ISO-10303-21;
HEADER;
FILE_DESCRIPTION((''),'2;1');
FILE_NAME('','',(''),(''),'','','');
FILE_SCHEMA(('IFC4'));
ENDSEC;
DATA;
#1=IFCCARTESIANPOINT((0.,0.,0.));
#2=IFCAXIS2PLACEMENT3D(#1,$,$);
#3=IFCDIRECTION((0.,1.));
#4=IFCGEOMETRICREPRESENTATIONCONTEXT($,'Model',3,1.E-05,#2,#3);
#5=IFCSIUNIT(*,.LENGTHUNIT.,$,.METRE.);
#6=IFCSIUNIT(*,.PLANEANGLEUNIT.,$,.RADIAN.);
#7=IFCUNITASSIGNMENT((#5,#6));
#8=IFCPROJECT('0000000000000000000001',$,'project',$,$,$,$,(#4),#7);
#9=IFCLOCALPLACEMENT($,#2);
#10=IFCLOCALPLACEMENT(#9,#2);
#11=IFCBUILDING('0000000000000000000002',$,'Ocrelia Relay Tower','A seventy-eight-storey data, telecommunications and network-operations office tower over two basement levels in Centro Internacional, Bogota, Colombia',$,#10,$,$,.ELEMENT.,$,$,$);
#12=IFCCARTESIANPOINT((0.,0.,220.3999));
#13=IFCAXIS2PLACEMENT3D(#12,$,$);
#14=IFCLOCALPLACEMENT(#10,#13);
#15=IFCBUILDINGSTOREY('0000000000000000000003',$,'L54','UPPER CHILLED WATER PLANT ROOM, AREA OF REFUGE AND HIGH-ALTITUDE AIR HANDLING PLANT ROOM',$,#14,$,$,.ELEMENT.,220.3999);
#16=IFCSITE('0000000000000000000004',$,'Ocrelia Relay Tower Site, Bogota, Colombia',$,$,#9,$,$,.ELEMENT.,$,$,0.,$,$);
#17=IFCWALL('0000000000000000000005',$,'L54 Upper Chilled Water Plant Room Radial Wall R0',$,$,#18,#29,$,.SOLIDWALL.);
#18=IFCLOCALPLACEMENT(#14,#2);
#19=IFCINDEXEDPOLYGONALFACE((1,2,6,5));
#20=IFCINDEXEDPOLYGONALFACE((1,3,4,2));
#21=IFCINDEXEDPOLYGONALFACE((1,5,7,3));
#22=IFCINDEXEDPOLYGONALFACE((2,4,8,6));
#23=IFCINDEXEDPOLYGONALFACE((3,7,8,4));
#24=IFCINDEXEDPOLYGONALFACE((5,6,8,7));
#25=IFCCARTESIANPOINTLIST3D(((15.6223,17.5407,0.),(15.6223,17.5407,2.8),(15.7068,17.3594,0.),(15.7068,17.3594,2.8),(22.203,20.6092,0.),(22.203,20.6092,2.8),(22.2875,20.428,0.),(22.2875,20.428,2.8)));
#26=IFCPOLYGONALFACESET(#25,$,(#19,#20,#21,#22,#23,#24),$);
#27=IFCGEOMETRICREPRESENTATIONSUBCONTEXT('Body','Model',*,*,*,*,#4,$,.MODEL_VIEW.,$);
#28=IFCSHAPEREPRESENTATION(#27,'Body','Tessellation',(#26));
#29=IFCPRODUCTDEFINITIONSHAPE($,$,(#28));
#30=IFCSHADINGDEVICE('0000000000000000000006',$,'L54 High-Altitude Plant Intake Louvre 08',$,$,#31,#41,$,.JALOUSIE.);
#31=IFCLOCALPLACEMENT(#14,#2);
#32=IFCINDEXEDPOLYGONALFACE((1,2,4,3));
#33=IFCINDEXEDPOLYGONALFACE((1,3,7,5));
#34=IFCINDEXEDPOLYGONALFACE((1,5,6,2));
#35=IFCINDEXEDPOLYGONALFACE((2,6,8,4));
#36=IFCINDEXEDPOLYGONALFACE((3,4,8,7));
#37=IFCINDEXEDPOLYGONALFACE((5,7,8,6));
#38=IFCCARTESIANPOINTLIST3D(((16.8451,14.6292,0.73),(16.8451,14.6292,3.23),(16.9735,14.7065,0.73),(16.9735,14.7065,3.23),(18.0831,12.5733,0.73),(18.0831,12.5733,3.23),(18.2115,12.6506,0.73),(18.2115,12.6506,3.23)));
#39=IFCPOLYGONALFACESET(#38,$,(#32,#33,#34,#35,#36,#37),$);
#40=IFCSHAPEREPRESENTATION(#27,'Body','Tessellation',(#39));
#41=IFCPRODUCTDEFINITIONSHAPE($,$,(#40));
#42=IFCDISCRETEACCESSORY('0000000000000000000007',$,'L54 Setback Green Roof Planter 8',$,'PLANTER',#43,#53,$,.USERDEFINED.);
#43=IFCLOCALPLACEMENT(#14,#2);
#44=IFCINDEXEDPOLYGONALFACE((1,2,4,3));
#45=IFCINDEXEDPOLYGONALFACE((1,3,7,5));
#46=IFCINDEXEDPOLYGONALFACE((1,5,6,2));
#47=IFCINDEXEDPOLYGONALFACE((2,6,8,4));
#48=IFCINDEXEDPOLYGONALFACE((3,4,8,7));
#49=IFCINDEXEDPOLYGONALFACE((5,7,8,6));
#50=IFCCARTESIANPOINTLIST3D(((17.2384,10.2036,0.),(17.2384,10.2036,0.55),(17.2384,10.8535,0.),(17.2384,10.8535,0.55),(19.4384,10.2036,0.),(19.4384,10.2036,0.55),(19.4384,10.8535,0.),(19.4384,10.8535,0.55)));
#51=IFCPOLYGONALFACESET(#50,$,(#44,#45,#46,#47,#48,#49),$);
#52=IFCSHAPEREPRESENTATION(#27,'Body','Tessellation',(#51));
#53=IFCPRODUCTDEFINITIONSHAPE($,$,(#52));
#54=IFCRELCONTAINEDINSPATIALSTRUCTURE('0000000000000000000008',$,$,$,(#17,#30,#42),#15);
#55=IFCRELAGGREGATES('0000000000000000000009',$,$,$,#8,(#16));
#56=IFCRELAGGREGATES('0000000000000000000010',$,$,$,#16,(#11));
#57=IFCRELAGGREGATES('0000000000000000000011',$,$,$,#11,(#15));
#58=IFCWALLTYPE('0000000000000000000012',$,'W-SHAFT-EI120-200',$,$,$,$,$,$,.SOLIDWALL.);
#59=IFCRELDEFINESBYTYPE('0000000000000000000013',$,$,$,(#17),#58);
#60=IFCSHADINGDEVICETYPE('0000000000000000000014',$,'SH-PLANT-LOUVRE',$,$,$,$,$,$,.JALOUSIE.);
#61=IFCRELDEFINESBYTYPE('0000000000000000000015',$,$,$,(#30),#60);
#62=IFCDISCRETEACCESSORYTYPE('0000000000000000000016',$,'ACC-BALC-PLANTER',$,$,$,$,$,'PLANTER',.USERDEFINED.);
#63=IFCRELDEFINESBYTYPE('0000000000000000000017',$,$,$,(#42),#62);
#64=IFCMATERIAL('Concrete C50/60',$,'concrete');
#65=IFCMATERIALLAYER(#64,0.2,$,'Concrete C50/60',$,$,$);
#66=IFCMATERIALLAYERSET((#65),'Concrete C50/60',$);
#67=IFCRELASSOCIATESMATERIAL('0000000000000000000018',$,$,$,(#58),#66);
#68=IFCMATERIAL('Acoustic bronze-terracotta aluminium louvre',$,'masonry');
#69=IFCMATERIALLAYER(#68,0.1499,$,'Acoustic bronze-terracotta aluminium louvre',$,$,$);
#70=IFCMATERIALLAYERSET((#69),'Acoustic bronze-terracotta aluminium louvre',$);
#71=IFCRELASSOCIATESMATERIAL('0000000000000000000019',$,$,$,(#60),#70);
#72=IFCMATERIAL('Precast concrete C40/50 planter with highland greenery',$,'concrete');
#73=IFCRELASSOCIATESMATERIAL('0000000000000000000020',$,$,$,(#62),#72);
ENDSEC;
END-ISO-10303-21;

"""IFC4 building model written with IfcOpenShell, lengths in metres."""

from ifc_helpers import new_model, si_unit, direction, frame, frame_2d, origin, origin_2d, place, context, subcontext, project, spatial, rectangle, extrude, material, layer, layer_set, type_object, element, save


model = new_model("IFC4")

# Units and contexts
model_context = context("Model", 3, precision=1e-05, world=origin(), true_north=direction((0.0, 1.0)))
body_context = subcontext(model_context, "Body", "Model", "MODEL_VIEW")
ifc_project = project(units=[si_unit("LENGTHUNIT", "METRE"), si_unit("PLANEANGLEUNIT", "RADIAN")], contexts=[model_context])

# Site, building, storey
site_placement = place(None, origin())
site = spatial("IfcSite", under=ifc_project, at=site_placement, Name="Ocrelia Relay Tower Site, Bogota, Colombia", CompositionType="ELEMENT", RefElevation=0.0)
building_placement = place(site_placement, origin())
building = spatial("IfcBuilding", under=site, at=building_placement, Name="Ocrelia Relay Tower", Description="A seventy-eight-storey data, telecommunications and network-operations office tower over two basement levels in Centro Internacional, Bogota, Colombia", CompositionType="ELEMENT")
storey_placement = place(building_placement, frame((0.0, 0.0, 220.3999)))
storey = spatial("IfcBuildingStorey", under=building, at=storey_placement, Name="L54", Description="UPPER CHILLED WATER PLANT ROOM, AREA OF REFUGE AND HIGH-ALTITUDE AIR HANDLING PLANT ROOM", CompositionType="ELEMENT", Elevation=220.3999)

# Shared definitions
ifc_material_1 = material(Name="Concrete C50/60", Category="concrete")

# Wall
ifc_layer_1 = layer(ifc_material_1, 0.2, Name="Concrete C50/60")
ifc_layer_set_1 = layer_set([ifc_layer_1], Name="Concrete C50/60")
wall_type_1 = type_object("IfcWallType", Name="W-SHAFT-EI120-200", PredefinedType="SOLIDWALL", material=ifc_layer_set_1)
wall_1_placement = place(storey_placement, frame((22.2451, 20.5186, 0.0), z_axis=(0.0, 0.0, 1.0), x_axis=(-0.906312, -0.422609, 0.0)))
element("IfcWall", 1, at=wall_1_placement, inside=storey, type_object=wall_type_1, Name="L54 Upper Chilled Water Plant Room Radial Wall R0", PredefinedType="SOLIDWALL", context=body_context, shape_type="SweptSolid", body=[
    extrude(rectangle(XDim=7.261, YDim=0.2, at=frame_2d((3.6304, 0.0))), origin(), (0.0, 0.0, 1.0), 2.8),
])

# Shading device
ifc_material_2 = material(Name="Acoustic bronze-terracotta aluminium louvre", Category="masonry")
ifc_layer_2 = layer(ifc_material_2, 0.1499, Name="Acoustic bronze-terracotta aluminium louvre")
ifc_layer_set_2 = layer_set([ifc_layer_2], Name="Acoustic bronze-terracotta aluminium louvre")
shading_device_type = type_object("IfcShadingDeviceType", Name="SH-PLANT-LOUVRE", PredefinedType="JALOUSIE", material=ifc_layer_set_2)
shading_device_placement = place(storey_placement, frame((17.5283, 13.6399, 0.73), z_axis=(0.0, 0.0, 1.0), x_axis=(0.515872, -0.856666, 0.0)))
element("IfcShadingDevice", 2, at=shading_device_placement, inside=storey, type_object=shading_device_type, Name="L54 High-Altitude Plant Intake Louvre 08", PredefinedType="JALOUSIE", context=body_context, shape_type="SweptSolid", body=[
    extrude(rectangle(XDim=2.3999, YDim=0.1499, at=origin_2d()), origin(), (0.0, 0.0, 1.0), 2.5),
])

# Discrete accessory
ifc_material_3 = material(Name="Precast concrete C40/50 planter with highland greenery", Category="concrete")
discrete_accessory_type = type_object("IfcDiscreteAccessoryType", Name="ACC-BALC-PLANTER", ElementType="PLANTER", PredefinedType="USERDEFINED", material=ifc_material_3)
discrete_accessory_placement = place(storey_placement, frame((18.3384, 10.5286, 0.0), z_axis=(0.0, 0.0, 1.0), x_axis=(1.0, 0.0, 0.0)))
element("IfcDiscreteAccessory", 3, at=discrete_accessory_placement, inside=storey, type_object=discrete_accessory_type, Name="L54 Setback Green Roof Planter 8", ObjectType="PLANTER", PredefinedType="USERDEFINED", context=body_context, shape_type="SweptSolid", body=[
    extrude(rectangle(XDim=2.2, YDim=0.6499, at=origin_2d()), origin(), (0.0, 0.0, 1.0), 0.55),
])

save(model, "model.ifc")
